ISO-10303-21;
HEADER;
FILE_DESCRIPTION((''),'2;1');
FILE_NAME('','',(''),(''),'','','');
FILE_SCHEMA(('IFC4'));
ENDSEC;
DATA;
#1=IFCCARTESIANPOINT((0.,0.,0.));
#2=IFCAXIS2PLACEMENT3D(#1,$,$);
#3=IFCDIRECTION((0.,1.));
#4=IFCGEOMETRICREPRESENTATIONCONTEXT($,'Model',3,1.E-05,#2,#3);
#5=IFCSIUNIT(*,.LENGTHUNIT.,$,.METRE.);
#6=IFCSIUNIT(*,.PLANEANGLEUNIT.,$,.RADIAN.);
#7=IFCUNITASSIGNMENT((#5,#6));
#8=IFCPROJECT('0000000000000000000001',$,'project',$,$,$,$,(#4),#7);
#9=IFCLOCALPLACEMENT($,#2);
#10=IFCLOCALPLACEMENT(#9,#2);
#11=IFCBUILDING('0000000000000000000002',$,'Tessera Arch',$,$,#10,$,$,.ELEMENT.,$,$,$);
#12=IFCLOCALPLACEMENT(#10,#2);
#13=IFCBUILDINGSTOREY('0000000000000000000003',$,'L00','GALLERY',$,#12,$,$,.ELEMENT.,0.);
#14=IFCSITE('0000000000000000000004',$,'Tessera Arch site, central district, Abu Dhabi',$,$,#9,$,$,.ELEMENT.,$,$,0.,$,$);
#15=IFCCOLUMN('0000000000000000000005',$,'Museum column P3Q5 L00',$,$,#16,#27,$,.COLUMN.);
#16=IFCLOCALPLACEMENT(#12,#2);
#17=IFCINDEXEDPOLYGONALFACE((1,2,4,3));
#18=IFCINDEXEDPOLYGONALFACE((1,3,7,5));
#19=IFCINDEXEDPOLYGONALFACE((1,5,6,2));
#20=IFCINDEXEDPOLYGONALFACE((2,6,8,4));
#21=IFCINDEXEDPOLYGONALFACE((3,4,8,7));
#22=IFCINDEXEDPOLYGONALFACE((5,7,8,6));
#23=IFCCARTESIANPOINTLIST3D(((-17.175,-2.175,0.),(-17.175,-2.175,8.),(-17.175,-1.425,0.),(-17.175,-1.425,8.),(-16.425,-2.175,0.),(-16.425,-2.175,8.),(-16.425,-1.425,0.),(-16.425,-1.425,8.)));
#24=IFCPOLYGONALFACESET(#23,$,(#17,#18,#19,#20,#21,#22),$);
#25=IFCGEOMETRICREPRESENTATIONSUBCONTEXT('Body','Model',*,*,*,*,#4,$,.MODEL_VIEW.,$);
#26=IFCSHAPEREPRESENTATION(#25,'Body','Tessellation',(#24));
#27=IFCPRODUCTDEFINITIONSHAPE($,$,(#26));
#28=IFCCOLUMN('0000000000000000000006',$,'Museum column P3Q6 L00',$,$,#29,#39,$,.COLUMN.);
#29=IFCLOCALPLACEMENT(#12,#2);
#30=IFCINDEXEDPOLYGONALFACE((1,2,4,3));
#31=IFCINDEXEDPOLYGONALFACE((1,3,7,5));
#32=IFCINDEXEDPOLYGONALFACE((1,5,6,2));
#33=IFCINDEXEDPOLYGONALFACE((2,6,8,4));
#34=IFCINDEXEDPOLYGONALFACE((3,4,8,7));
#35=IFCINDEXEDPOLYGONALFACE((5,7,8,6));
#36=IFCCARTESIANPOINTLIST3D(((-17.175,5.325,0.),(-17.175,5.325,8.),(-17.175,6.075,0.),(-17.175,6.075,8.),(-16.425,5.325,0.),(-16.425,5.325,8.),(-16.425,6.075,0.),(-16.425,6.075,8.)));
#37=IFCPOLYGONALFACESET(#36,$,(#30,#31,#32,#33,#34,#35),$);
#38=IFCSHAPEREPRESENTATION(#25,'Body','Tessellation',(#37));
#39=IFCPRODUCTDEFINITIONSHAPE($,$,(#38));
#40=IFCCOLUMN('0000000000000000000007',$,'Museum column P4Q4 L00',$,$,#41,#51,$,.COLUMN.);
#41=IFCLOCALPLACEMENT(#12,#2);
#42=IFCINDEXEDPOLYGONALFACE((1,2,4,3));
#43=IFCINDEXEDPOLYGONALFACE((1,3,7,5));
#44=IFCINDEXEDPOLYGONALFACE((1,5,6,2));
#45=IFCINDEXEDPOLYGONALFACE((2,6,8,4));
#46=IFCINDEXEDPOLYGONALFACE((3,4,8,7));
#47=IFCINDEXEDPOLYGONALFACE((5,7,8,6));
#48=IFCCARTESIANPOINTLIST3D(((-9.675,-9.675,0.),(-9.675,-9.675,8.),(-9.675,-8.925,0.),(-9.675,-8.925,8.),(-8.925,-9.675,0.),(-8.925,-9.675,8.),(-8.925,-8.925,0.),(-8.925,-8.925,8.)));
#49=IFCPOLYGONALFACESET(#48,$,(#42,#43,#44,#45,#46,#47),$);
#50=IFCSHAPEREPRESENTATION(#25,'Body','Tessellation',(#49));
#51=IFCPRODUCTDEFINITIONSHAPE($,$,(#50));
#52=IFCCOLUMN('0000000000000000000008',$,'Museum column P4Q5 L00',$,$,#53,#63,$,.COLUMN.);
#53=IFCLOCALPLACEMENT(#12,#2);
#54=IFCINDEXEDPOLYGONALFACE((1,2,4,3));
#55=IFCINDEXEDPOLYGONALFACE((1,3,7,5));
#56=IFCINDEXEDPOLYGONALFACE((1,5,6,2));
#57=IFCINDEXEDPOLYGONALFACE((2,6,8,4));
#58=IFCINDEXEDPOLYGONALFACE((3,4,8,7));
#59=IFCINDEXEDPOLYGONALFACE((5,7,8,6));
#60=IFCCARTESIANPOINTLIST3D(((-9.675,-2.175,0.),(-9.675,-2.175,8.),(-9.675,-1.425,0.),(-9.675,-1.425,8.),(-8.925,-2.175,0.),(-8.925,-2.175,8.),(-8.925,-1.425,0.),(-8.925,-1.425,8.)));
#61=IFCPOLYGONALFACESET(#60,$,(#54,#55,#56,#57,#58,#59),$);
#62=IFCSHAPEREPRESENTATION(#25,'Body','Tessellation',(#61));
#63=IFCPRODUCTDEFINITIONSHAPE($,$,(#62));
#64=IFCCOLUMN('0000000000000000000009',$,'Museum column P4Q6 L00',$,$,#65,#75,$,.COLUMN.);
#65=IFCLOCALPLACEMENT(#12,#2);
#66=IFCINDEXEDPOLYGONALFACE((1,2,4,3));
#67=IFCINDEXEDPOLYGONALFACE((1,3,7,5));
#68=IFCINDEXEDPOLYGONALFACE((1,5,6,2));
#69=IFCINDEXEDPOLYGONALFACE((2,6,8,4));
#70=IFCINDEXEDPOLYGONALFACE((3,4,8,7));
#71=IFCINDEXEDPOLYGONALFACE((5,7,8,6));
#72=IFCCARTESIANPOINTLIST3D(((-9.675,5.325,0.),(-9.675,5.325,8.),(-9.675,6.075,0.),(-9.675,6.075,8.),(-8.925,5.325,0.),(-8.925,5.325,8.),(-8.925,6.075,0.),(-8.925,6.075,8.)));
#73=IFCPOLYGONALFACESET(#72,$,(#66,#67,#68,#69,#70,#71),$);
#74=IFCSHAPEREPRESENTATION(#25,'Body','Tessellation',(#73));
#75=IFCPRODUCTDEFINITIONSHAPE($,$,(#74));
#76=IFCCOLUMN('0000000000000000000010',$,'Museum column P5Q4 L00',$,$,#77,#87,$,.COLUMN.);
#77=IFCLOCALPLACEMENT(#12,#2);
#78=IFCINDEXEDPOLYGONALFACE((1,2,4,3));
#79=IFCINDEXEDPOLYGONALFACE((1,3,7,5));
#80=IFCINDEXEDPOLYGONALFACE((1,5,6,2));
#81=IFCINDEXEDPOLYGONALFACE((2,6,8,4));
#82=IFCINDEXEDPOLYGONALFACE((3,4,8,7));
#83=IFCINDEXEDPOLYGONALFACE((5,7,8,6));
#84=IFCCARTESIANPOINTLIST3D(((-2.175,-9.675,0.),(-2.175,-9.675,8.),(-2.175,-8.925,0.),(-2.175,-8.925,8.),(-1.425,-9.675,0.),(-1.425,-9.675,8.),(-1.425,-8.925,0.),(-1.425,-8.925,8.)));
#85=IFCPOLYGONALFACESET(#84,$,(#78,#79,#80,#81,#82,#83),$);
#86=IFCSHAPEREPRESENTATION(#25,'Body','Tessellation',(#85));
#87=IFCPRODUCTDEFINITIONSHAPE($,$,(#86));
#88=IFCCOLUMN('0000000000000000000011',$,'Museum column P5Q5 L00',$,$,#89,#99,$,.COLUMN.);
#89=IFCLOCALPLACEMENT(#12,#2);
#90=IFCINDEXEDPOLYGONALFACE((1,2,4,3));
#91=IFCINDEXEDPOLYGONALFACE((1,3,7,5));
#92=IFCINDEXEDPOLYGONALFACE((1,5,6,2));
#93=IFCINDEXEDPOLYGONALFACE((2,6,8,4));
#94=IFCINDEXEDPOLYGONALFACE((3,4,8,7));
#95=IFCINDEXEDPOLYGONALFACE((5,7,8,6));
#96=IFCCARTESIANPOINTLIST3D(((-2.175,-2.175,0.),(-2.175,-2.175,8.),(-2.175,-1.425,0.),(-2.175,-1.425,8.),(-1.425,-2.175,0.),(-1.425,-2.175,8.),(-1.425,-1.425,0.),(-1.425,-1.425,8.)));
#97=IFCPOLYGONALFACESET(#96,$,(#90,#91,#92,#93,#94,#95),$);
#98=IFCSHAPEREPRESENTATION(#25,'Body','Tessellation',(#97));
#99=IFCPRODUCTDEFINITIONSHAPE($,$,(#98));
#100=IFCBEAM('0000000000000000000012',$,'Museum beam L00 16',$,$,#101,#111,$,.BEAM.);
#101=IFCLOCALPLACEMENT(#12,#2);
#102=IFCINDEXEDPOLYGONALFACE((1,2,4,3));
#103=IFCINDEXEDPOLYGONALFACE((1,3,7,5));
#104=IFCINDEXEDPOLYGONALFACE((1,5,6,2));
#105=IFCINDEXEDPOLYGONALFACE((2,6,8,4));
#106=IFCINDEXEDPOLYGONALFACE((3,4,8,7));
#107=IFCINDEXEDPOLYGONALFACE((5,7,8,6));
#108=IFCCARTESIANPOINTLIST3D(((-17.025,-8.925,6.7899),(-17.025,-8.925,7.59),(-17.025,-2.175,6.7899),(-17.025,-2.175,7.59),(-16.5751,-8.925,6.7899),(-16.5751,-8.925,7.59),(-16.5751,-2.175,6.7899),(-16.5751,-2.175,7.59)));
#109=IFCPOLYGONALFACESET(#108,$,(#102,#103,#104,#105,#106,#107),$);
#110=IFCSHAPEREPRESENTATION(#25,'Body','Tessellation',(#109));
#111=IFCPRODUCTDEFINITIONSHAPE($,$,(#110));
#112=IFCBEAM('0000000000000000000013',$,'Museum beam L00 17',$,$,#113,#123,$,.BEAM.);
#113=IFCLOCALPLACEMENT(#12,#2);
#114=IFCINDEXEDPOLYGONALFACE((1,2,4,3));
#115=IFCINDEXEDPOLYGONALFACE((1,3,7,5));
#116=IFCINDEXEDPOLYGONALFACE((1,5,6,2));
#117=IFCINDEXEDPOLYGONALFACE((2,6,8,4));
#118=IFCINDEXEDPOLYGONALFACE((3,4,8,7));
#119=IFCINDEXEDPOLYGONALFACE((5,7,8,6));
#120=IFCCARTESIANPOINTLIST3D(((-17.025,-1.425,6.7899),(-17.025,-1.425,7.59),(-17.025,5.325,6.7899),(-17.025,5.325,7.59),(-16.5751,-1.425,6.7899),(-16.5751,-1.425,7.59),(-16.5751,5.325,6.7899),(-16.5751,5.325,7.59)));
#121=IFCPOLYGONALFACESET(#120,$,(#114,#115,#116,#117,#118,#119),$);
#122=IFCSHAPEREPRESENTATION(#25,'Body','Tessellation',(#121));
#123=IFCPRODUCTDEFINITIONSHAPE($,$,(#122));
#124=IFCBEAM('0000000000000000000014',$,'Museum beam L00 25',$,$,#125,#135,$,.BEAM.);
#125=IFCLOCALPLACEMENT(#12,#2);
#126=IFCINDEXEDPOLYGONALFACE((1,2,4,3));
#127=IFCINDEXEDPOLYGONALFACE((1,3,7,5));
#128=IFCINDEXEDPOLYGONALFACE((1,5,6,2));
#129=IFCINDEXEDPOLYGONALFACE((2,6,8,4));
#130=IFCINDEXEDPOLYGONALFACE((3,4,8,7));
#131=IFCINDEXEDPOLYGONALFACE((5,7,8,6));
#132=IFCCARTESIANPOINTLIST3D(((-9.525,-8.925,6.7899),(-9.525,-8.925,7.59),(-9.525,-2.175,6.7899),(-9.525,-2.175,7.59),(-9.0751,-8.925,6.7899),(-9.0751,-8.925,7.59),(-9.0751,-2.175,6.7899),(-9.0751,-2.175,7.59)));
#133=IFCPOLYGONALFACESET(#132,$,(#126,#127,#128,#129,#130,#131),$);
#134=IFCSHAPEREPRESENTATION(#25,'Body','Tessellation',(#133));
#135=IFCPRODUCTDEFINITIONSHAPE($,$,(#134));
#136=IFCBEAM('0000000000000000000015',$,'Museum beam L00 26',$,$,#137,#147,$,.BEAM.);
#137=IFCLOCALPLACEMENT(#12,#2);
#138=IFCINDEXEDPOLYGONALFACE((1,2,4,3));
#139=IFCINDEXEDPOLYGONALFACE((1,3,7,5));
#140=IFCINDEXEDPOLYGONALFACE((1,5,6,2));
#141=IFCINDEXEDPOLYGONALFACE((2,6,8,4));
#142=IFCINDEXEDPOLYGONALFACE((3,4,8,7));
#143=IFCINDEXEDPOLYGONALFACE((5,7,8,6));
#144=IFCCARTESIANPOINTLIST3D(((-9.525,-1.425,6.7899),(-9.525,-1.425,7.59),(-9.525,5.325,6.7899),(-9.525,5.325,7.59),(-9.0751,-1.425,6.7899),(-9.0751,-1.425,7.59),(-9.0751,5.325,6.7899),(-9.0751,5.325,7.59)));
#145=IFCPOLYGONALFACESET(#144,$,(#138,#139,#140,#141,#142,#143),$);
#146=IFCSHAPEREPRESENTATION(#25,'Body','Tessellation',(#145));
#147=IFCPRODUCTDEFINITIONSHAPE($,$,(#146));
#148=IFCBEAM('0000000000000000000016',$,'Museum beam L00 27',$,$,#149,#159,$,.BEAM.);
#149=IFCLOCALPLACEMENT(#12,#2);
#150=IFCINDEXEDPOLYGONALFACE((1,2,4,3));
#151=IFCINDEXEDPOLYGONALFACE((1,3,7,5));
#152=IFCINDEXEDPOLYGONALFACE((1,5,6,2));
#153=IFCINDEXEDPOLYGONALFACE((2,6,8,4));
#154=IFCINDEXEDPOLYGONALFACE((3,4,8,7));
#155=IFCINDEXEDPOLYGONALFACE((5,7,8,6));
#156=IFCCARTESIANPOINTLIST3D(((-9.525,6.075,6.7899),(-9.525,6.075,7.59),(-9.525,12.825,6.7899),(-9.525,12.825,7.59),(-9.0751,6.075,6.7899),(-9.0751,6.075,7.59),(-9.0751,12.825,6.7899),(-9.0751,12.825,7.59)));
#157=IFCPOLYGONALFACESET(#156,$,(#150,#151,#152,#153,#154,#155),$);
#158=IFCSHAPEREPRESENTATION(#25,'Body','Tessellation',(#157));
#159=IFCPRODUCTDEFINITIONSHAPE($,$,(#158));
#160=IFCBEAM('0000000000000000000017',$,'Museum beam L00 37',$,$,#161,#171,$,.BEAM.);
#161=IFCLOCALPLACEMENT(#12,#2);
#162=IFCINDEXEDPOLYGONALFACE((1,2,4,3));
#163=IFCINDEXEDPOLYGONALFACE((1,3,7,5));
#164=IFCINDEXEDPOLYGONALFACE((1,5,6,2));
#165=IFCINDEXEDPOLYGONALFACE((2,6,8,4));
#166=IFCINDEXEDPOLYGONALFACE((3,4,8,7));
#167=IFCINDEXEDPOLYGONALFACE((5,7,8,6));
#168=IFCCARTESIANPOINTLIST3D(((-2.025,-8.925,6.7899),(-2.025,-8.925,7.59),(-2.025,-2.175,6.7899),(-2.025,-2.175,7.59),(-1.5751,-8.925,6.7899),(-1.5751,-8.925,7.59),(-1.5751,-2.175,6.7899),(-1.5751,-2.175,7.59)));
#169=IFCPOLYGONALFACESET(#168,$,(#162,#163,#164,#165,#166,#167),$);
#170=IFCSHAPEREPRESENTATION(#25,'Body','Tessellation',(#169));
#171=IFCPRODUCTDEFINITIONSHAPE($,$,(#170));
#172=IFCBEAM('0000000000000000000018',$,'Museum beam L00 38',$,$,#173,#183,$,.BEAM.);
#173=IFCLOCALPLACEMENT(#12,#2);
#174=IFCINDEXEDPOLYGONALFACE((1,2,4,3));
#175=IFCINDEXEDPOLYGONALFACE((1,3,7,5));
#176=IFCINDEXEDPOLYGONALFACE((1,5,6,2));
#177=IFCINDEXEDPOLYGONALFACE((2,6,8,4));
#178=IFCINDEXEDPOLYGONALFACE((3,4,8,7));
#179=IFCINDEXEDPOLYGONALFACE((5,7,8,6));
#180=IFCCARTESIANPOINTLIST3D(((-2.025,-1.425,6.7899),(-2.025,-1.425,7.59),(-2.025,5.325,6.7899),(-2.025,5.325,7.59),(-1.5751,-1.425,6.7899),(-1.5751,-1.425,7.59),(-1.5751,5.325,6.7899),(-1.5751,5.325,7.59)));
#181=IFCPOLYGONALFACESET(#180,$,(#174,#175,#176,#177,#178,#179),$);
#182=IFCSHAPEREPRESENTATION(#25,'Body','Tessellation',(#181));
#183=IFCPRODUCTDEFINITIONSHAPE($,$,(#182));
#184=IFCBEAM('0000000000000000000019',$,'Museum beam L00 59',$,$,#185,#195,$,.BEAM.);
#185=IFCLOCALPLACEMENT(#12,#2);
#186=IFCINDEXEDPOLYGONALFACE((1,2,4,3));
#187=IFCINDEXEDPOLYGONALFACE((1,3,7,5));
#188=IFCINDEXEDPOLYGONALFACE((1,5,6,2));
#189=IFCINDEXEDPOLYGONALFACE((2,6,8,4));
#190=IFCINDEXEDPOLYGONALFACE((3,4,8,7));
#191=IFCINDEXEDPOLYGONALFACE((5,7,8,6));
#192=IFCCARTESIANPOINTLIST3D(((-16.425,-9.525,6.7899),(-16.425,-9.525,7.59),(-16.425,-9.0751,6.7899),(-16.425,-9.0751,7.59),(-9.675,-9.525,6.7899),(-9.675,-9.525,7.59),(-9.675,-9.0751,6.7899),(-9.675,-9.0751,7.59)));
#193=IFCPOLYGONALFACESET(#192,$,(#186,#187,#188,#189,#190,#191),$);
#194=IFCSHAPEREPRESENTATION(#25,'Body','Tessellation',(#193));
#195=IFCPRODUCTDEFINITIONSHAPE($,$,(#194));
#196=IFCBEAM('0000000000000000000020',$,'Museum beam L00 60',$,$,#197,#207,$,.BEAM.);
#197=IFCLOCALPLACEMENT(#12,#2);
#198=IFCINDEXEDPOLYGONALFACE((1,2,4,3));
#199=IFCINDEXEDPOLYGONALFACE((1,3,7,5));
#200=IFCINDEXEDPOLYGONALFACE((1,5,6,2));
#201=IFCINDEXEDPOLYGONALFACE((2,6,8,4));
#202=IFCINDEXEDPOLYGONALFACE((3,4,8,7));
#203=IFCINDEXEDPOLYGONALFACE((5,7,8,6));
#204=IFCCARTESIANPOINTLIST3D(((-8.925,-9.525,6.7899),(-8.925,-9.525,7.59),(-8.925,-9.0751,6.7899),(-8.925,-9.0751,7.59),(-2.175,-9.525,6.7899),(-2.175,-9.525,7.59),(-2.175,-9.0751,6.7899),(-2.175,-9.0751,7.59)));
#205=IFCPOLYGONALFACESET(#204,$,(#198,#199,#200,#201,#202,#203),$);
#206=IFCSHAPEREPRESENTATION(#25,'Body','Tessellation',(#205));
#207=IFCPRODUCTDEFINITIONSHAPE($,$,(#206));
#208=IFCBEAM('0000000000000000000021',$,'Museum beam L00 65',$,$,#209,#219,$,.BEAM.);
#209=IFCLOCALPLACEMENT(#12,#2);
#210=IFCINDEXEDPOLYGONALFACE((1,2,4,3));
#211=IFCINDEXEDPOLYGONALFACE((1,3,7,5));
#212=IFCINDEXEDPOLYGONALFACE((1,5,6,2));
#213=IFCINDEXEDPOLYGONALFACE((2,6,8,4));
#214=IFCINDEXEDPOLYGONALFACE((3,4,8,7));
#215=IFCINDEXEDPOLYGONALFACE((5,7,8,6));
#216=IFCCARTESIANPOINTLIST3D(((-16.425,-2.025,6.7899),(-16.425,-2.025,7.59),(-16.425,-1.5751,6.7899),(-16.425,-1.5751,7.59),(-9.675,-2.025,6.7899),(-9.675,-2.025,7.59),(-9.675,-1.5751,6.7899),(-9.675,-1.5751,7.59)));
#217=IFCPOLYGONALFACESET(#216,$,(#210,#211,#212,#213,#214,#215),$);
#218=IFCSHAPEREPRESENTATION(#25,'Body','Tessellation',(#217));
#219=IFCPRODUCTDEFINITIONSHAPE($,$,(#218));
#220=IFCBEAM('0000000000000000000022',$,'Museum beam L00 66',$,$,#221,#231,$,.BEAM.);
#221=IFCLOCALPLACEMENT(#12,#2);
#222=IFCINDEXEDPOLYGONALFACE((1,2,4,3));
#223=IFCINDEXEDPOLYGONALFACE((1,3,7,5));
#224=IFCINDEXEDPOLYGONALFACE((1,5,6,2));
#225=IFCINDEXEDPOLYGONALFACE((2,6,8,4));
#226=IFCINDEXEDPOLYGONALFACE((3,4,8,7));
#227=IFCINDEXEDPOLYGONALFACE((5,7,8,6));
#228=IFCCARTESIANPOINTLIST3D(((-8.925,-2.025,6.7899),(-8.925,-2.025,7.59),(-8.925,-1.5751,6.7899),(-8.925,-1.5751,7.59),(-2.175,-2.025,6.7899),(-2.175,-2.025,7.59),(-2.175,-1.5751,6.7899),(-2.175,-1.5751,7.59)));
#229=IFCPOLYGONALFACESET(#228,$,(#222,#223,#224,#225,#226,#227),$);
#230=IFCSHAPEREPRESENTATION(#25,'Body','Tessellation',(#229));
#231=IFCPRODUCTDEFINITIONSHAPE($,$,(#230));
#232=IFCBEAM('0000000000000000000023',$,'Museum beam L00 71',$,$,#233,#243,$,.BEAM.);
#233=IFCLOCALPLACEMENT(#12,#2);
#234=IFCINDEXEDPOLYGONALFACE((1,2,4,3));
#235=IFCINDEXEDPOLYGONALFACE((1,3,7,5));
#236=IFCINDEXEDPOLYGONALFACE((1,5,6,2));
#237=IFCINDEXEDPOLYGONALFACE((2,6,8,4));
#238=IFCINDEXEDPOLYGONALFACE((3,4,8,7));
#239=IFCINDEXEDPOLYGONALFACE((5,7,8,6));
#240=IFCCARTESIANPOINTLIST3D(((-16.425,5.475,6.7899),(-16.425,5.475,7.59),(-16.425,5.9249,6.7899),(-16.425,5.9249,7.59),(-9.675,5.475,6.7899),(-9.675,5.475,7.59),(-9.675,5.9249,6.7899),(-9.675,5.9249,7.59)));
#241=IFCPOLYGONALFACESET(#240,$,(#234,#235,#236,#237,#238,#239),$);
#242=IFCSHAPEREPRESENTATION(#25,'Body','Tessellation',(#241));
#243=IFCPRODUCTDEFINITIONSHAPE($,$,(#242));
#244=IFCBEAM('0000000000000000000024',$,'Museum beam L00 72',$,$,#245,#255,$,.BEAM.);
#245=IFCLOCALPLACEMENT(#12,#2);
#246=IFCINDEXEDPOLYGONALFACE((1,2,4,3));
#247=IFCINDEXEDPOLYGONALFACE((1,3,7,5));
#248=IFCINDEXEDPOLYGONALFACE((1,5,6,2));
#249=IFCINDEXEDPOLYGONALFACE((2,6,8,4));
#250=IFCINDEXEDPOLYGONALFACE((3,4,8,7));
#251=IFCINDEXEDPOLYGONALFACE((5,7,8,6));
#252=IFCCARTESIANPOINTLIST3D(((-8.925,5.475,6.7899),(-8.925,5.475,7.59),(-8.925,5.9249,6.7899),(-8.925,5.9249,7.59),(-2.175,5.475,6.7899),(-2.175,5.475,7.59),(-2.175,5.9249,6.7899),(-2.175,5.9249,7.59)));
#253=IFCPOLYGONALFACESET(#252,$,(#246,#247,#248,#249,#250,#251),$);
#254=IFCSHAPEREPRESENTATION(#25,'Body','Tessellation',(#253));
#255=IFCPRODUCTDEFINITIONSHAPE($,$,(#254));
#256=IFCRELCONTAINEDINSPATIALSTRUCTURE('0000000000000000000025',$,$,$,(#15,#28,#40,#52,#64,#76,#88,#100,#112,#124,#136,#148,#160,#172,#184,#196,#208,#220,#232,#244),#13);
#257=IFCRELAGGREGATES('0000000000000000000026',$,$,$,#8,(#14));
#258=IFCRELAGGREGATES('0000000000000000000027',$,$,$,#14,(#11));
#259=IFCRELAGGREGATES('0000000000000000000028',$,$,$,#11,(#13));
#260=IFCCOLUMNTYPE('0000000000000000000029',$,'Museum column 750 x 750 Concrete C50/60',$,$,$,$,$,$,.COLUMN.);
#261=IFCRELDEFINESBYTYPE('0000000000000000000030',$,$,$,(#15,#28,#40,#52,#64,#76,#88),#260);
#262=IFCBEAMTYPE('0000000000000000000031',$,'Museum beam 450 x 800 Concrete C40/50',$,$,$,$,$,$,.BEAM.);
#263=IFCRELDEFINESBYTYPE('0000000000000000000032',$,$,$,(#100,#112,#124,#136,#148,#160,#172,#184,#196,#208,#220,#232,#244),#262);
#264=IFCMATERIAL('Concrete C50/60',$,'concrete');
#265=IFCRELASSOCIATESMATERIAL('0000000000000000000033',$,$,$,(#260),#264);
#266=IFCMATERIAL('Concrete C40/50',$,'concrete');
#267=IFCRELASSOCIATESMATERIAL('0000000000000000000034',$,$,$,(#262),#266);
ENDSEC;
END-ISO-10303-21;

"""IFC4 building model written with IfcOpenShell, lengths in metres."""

from ifc_helpers import new_model, si_unit, direction, frame, origin, origin_2d, place, context, subcontext, project, spatial, rectangle, extrude, material, material_profile, profile_set, type_object, element, save


model = new_model("IFC4")

# Units and contexts
model_context = context("Model", 3, precision=1e-05, world=origin(), true_north=direction((0.0, 1.0)))
body_context = subcontext(model_context, "Body", "Model", "MODEL_VIEW")
ifc_project = project(units=[si_unit("LENGTHUNIT", "METRE"), si_unit("PLANEANGLEUNIT", "RADIAN")], contexts=[model_context])

# Site, building, storey
site_placement = place(None, origin())
site = spatial("IfcSite", under=ifc_project, at=site_placement, Name="Tessera Arch site, central district, Abu Dhabi", CompositionType="ELEMENT", RefElevation=0.0)
building_placement = place(site_placement, origin())
building = spatial("IfcBuilding", under=site, at=building_placement, Name="Tessera Arch", CompositionType="ELEMENT")
storey_placement = place(building_placement, origin())
storey = spatial("IfcBuildingStorey", under=building, at=storey_placement, Name="L00", Description="GALLERY", CompositionType="ELEMENT", Elevation=0.0)

# Columns
ifc_material_1 = material(Name="Concrete C50/60", Category="concrete")
ifc_material_profile_1 = material_profile(ifc_material_1, rectangle(XDim=0.75, YDim=0.75, at=origin_2d()), Name="Museum column 750 x 750 Concrete C50/60")
ifc_profile_set_1 = profile_set([ifc_material_profile_1], Name="Concrete C50/60")
column_type = type_object("IfcColumnType", Name="Museum column 750 x 750 Concrete C50/60", PredefinedType="COLUMN", material=ifc_profile_set_1)
for number, where, z_axis, x_axis, name in (
    (1, (-16.8, -1.8, 0.0), (0.0, 0.0, 1.0), (1.0, 0.0, 0.0), "Museum column P3Q5 L00"),
    (2, (-16.8, 5.7, 0.0), (0.0, 0.0, 1.0), (1.0, 0.0, 0.0), "Museum column P3Q6 L00"),
    (3, (-9.3, -9.3, 0.0), (0.0, 0.0, 1.0), (1.0, 0.0, 0.0), "Museum column P4Q4 L00"),
    (4, (-9.3, -1.8, 0.0), (0.0, 0.0, 1.0), (1.0, 0.0, 0.0), "Museum column P4Q5 L00"),
    (5, (-9.3, 5.7, 0.0), (0.0, 0.0, 1.0), (1.0, 0.0, 0.0), "Museum column P4Q6 L00"),
    (6, (-1.8, -9.3, 0.0), (0.0, 0.0, 1.0), (1.0, 0.0, 0.0), "Museum column P5Q4 L00"),
    (7, (-1.8, -1.8, 0.0), (0.0, 0.0, 1.0), (1.0, 0.0, 0.0), "Museum column P5Q5 L00"),
):
    element("IfcColumn", number, at=place(storey_placement, frame(where, z_axis=z_axis, x_axis=x_axis)), inside=storey, type_object=column_type, Name=name, PredefinedType="COLUMN", context=body_context, shape_type="SweptSolid", body=[
        extrude(rectangle(XDim=0.75, YDim=0.75, at=origin_2d()), origin(), (0.0, 0.0, 1.0), 8.0),
    ])

# Beams
ifc_material_2 = material(Name="Concrete C40/50", Category="concrete")
ifc_material_profile_2 = material_profile(ifc_material_2, rectangle(XDim=0.45, YDim=0.8, at=origin_2d()), Name="Museum beam 450 x 800 Concrete C40/50")
ifc_profile_set_2 = profile_set([ifc_material_profile_2], Name="Concrete C40/50")
beam_type = type_object("IfcBeamType", Name="Museum beam 450 x 800 Concrete C40/50", PredefinedType="BEAM", material=ifc_profile_set_2)
for number, where, z_axis, x_axis, name in (
    (8, (-16.8, -8.925, 7.1899), (0.0, 1.0, 0.0), (-1.0, 0.0, 0.0), "Museum beam L00 16"),
    (9, (-16.8, -1.425, 7.1899), (0.0, 1.0, 0.0), (-1.0, 0.0, 0.0), "Museum beam L00 17"),
    (10, (-9.3, -8.925, 7.1899), (0.0, 1.0, 0.0), (-1.0, 0.0, 0.0), "Museum beam L00 25"),
    (11, (-9.3, -1.425, 7.1899), (0.0, 1.0, 0.0), (-1.0, 0.0, 0.0), "Museum beam L00 26"),
    (12, (-9.3, 6.075, 7.1899), (0.0, 1.0, 0.0), (-1.0, 0.0, 0.0), "Museum beam L00 27"),
    (13, (-1.8, -8.925, 7.1899), (0.0, 1.0, 0.0), (-1.0, 0.0, 0.0), "Museum beam L00 37"),
    (14, (-1.8, -1.425, 7.1899), (0.0, 1.0, 0.0), (-1.0, 0.0, 0.0), "Museum beam L00 38"),
    (15, (-16.425, -9.3, 7.1899), (1.0, 0.0, 0.0), (0.0, 1.0, 0.0), "Museum beam L00 59"),
    (16, (-8.925, -9.3, 7.1899), (1.0, 0.0, 0.0), (0.0, 1.0, 0.0), "Museum beam L00 60"),
    (17, (-16.425, -1.8, 7.1899), (1.0, 0.0, 0.0), (0.0, 1.0, 0.0), "Museum beam L00 65"),
    (18, (-8.925, -1.8, 7.1899), (1.0, 0.0, 0.0), (0.0, 1.0, 0.0), "Museum beam L00 66"),
    (19, (-16.425, 5.7, 7.1899), (1.0, 0.0, 0.0), (0.0, 1.0, 0.0), "Museum beam L00 71"),
    (20, (-8.925, 5.7, 7.1899), (1.0, 0.0, 0.0), (0.0, 1.0, 0.0), "Museum beam L00 72"),
):
    element("IfcBeam", number, at=place(storey_placement, frame(where, z_axis=z_axis, x_axis=x_axis)), inside=storey, type_object=beam_type, Name=name, PredefinedType="BEAM", context=body_context, shape_type="SweptSolid", body=[
        extrude(rectangle(XDim=0.45, YDim=0.8, at=origin_2d()), origin(), (0.0, 0.0, 1.0), 6.75),
    ])

save(model, "model.ifc")
